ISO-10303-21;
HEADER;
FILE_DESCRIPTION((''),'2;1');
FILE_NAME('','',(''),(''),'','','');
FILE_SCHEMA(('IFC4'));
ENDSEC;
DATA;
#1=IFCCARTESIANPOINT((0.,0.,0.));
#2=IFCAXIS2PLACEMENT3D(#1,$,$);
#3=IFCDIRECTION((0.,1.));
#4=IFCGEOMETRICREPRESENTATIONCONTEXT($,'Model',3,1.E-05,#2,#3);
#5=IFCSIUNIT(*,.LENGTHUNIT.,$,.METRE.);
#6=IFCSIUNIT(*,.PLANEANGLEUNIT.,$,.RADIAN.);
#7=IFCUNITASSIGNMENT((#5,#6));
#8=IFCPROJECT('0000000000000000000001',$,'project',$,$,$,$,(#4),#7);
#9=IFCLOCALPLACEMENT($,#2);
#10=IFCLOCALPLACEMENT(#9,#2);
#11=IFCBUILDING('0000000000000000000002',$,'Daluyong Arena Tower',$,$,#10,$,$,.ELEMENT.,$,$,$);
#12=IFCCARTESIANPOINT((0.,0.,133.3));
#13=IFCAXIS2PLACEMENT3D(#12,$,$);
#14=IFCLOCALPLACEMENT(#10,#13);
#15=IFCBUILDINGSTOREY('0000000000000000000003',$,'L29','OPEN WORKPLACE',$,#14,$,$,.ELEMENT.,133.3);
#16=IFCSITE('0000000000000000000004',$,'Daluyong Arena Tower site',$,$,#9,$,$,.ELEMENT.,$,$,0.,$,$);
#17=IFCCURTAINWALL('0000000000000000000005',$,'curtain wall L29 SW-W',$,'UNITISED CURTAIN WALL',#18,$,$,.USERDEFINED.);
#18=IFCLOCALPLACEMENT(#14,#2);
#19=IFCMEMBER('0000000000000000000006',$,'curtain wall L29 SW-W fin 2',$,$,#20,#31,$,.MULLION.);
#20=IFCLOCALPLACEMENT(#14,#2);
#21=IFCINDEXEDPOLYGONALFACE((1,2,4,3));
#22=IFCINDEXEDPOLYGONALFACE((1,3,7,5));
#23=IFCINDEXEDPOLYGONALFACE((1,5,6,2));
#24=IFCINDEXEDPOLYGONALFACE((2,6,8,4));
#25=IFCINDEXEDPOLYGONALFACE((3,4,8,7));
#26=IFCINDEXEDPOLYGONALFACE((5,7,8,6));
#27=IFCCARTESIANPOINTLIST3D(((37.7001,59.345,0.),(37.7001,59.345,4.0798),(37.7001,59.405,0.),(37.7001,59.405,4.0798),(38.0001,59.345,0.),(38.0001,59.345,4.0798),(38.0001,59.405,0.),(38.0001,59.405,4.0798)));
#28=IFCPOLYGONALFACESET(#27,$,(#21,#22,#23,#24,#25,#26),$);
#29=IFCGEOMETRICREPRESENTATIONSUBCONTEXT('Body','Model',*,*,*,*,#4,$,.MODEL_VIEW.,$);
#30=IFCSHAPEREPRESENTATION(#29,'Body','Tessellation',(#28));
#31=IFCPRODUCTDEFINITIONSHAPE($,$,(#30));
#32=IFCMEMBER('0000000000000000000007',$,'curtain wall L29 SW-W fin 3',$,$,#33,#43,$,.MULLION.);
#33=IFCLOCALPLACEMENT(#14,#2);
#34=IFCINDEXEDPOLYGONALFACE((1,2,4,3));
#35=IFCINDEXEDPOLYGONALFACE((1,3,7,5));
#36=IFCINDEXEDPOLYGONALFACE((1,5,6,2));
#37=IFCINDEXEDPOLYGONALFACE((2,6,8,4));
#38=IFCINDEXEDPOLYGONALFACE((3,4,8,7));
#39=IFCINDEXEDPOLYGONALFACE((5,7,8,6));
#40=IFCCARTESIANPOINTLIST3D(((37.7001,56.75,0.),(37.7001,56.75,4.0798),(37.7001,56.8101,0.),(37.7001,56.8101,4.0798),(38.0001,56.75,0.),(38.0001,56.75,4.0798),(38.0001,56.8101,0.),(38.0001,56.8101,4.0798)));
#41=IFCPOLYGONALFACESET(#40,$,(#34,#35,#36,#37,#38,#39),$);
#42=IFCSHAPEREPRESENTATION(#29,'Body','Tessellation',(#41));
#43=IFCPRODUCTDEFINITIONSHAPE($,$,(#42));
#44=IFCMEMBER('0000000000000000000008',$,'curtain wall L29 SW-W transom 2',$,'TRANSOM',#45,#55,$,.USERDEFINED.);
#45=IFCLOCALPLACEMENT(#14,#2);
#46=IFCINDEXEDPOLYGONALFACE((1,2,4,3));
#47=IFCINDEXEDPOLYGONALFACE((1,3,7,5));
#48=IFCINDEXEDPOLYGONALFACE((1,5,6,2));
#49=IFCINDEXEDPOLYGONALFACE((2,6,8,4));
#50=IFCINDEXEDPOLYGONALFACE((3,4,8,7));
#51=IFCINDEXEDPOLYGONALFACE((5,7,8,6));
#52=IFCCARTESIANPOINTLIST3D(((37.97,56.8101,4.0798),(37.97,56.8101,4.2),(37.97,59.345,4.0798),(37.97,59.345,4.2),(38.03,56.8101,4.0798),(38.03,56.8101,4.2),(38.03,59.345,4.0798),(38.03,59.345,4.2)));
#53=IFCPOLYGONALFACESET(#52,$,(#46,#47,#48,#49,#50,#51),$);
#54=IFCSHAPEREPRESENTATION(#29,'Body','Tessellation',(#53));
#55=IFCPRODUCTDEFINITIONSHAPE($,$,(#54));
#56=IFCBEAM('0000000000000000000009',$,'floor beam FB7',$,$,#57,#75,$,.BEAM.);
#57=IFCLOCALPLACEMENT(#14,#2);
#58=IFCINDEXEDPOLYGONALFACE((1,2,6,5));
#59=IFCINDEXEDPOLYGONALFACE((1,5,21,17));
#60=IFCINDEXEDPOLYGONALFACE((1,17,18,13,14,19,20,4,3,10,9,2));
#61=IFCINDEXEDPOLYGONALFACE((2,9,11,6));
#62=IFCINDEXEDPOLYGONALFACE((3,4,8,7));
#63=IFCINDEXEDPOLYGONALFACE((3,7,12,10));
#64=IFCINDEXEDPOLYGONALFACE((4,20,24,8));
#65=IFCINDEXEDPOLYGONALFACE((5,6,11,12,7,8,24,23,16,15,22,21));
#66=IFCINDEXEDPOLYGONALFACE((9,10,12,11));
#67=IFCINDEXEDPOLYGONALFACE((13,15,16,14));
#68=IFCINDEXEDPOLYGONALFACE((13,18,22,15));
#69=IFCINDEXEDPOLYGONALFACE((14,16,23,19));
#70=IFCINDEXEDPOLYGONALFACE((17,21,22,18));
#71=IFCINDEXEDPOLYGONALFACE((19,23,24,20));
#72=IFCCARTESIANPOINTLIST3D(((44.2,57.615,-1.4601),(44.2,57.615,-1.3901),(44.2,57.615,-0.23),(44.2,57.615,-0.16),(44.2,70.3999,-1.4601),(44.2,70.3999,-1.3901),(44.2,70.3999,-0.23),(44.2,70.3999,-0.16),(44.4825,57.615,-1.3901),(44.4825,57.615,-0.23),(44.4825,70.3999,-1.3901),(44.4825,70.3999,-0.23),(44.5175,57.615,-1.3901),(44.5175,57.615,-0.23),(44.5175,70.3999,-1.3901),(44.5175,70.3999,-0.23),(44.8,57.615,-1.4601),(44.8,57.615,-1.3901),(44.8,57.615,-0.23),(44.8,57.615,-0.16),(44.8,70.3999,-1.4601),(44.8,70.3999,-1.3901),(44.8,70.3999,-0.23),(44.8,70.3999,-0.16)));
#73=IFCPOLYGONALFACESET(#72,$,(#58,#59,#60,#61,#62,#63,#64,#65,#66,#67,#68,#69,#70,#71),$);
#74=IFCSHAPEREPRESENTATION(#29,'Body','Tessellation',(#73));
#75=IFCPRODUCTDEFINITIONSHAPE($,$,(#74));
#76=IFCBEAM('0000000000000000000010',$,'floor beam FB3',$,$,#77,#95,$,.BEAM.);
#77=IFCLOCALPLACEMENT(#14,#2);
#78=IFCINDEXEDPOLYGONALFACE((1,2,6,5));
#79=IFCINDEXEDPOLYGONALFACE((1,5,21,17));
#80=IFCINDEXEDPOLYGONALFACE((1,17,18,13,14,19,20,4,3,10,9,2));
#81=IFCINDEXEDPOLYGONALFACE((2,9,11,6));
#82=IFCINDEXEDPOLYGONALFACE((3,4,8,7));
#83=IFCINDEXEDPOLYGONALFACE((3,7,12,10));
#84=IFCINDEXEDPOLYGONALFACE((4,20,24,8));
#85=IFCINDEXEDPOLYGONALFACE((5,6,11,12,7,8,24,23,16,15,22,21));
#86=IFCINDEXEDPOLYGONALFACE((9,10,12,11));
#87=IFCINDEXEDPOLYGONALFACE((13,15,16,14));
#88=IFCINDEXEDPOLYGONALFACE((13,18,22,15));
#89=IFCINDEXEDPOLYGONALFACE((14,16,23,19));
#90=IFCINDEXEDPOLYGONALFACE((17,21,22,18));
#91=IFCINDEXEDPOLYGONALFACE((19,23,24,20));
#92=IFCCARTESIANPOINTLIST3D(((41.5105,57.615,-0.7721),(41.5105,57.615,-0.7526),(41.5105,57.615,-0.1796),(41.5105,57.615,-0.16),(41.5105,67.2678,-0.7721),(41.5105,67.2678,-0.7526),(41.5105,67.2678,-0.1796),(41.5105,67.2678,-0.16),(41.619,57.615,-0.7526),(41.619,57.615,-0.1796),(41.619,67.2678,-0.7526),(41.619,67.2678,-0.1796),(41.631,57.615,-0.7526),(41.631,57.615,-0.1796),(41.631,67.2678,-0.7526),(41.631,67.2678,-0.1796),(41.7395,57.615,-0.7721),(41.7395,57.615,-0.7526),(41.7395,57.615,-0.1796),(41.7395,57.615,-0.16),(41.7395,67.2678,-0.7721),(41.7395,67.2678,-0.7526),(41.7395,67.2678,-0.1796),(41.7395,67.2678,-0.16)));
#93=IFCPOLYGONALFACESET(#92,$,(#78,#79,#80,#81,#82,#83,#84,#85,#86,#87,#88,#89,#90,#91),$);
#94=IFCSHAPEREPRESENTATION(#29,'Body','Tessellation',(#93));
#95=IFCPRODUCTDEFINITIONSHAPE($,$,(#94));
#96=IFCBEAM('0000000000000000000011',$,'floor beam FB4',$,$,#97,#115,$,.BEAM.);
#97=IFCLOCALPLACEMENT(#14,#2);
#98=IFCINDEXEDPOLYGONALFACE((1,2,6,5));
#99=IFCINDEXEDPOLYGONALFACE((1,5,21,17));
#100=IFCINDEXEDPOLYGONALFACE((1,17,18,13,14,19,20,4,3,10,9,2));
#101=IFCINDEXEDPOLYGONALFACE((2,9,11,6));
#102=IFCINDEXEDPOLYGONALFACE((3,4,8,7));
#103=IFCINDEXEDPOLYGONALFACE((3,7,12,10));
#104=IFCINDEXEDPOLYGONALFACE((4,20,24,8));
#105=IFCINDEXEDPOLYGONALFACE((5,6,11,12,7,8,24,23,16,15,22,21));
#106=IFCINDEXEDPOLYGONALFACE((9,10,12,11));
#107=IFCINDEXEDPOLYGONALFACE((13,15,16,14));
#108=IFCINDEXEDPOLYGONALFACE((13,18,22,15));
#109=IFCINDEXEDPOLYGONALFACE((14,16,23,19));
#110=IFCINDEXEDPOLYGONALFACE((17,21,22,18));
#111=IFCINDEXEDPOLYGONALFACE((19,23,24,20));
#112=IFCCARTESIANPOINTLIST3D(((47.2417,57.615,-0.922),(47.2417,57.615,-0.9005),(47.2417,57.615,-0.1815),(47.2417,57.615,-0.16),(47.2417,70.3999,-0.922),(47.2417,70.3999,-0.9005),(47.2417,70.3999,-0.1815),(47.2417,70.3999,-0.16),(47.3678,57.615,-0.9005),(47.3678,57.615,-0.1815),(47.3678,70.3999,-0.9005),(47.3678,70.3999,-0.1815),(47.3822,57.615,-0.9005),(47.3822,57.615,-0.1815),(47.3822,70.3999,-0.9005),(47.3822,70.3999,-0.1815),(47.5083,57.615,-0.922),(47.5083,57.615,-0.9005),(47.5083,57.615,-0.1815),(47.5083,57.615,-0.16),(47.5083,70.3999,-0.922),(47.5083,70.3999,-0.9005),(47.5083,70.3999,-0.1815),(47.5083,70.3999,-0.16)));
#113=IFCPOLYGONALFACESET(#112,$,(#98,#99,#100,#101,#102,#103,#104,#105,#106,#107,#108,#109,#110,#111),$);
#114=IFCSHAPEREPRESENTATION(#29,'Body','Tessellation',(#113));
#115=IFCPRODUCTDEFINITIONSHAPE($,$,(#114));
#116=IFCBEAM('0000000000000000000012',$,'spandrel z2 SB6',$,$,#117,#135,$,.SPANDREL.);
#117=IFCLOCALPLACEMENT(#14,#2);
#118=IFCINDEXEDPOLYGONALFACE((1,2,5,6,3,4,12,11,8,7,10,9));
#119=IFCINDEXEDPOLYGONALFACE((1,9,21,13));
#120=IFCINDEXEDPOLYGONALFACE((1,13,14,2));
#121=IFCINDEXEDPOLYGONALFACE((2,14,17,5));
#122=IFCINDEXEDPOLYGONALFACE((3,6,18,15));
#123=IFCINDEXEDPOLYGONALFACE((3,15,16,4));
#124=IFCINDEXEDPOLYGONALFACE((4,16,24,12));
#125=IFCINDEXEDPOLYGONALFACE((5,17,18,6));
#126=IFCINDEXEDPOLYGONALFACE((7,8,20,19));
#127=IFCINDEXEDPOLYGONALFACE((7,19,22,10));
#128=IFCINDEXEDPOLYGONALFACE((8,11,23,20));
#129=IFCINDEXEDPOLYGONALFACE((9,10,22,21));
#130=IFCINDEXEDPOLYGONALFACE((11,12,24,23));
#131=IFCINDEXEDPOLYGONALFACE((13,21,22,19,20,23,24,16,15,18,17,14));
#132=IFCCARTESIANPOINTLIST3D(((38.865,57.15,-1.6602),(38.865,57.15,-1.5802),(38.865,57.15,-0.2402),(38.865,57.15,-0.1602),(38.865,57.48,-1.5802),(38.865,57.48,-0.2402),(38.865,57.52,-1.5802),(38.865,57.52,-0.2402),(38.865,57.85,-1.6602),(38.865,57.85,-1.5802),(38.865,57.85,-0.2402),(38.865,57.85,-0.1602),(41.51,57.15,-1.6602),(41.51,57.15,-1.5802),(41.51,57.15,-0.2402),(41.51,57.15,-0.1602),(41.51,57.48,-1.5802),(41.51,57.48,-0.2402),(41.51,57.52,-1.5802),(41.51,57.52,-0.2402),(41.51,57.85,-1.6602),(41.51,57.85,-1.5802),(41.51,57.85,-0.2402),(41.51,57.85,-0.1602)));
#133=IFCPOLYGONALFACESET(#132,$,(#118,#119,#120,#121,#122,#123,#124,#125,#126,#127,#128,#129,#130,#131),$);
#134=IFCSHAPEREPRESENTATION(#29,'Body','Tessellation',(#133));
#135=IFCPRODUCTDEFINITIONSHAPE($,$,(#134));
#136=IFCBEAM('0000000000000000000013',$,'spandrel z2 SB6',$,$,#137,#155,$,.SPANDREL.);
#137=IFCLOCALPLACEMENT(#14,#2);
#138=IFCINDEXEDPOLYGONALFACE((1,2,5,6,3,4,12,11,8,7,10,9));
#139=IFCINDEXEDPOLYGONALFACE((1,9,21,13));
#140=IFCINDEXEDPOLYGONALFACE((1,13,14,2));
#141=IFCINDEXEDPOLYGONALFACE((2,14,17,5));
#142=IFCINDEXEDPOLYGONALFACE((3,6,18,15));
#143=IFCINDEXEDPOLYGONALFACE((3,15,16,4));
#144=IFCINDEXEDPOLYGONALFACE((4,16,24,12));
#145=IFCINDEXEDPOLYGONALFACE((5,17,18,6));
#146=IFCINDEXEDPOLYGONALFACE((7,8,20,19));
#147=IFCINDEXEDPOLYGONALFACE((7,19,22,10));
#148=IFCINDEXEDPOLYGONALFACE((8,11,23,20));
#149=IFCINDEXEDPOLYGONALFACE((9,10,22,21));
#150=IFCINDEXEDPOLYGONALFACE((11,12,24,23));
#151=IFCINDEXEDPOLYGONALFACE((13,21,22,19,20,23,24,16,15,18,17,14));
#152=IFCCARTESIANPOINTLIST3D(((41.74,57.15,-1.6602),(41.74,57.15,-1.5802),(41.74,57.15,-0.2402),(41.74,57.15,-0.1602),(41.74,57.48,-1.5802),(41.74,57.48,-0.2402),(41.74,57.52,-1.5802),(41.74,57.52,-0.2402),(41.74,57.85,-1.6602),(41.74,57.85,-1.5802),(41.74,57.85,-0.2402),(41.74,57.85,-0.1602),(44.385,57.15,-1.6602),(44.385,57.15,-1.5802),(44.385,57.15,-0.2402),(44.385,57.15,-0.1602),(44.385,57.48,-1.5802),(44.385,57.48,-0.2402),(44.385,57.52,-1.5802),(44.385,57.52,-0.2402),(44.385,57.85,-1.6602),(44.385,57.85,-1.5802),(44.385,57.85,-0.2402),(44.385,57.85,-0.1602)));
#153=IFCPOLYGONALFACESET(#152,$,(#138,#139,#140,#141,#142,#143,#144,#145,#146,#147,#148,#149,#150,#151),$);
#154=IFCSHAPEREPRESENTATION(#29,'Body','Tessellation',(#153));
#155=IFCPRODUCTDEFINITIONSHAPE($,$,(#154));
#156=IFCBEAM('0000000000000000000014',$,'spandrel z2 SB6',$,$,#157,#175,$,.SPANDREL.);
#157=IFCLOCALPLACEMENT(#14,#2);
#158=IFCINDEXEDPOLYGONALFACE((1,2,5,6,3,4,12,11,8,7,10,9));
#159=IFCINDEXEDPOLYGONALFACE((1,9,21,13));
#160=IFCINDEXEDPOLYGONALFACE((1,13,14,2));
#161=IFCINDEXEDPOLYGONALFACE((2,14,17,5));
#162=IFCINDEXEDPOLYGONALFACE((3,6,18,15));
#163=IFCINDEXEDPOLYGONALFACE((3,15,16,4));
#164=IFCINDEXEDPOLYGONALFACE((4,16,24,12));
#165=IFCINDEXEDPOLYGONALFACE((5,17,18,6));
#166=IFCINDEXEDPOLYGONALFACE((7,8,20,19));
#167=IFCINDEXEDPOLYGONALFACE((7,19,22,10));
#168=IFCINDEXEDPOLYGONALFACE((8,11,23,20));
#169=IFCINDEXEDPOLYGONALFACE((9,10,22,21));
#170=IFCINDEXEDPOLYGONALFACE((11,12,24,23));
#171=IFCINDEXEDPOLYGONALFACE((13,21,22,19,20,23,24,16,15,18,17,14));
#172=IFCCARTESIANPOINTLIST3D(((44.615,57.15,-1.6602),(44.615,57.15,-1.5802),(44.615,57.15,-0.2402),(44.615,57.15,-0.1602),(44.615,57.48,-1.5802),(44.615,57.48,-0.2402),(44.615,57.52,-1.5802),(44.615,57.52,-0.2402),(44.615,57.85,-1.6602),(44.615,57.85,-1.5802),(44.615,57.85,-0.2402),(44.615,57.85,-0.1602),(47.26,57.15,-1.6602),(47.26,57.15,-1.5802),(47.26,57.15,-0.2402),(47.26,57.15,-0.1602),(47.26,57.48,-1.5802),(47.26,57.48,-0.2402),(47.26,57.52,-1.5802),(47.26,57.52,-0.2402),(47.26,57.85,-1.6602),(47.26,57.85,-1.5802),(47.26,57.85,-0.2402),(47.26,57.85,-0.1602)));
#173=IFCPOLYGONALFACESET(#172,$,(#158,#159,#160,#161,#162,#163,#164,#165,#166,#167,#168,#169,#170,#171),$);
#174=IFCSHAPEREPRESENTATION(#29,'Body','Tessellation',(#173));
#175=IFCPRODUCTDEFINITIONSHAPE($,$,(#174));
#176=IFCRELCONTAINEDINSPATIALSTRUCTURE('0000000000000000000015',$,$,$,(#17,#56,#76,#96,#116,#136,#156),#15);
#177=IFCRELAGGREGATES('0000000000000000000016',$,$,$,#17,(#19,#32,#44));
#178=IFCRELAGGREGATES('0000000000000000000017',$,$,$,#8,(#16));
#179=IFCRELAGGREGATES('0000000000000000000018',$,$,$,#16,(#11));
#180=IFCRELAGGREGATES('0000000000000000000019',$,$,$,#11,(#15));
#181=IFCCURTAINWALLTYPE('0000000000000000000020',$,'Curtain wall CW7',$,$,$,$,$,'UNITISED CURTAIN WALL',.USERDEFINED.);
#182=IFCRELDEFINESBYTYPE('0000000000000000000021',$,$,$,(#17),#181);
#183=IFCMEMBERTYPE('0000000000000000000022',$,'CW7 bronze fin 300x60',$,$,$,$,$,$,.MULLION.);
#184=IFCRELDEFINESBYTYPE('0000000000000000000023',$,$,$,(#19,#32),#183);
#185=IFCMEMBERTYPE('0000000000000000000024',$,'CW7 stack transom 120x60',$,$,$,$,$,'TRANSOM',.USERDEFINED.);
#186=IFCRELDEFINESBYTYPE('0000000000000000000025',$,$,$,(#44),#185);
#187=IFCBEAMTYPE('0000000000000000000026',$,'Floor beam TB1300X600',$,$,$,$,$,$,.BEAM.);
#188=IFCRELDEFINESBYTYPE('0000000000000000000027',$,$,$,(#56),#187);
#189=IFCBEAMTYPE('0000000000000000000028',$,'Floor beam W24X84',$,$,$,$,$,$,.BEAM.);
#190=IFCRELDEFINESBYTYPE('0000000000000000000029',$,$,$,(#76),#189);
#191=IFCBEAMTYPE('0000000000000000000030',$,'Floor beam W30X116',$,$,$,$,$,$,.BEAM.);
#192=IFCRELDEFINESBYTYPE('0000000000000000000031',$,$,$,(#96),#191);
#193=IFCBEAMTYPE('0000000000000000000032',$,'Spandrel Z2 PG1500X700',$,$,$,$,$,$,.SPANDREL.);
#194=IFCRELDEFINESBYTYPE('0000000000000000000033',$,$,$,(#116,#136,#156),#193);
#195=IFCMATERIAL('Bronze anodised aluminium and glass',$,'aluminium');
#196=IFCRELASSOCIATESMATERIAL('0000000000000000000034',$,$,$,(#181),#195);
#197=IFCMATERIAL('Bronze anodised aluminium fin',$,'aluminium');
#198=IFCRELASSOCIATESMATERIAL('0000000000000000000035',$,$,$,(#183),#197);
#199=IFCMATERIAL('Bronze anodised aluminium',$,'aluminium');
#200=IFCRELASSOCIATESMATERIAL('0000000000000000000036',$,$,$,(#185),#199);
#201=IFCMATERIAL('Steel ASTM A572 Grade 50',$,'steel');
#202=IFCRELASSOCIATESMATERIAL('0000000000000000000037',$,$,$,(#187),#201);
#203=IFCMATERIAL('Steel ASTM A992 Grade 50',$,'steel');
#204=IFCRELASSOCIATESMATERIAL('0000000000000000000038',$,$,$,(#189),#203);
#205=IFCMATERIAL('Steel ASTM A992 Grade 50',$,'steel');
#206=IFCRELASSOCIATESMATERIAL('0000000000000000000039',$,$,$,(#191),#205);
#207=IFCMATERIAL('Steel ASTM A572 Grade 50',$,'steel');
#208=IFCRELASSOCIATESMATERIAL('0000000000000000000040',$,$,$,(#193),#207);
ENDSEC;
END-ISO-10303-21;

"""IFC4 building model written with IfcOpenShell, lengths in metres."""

from ifc_helpers import new_model, si_unit, direction, frame, origin, origin_2d, place, context, subcontext, project, spatial, rectangle, i_section, extrude, material, material_profile, profile_set, type_object, element, aggregate, save


model = new_model("IFC4")

# Units and contexts
model_context = context("Model", 3, precision=1e-05, world=origin(), true_north=direction((0.0, 1.0)))
body_context = subcontext(model_context, "Body", "Model", "MODEL_VIEW")
ifc_project = project(units=[si_unit("LENGTHUNIT", "METRE"), si_unit("PLANEANGLEUNIT", "RADIAN")], contexts=[model_context])

# Site, building, storey
site_placement = place(None, origin())
site = spatial("IfcSite", under=ifc_project, at=site_placement, Name="Daluyong Arena Tower site", CompositionType="ELEMENT", RefElevation=0.0)
building_placement = place(site_placement, origin())
building = spatial("IfcBuilding", under=site, at=building_placement, Name="Daluyong Arena Tower", CompositionType="ELEMENT")
storey_placement = place(building_placement, frame((0.0, 0.0, 133.3)))
storey = spatial("IfcBuildingStorey", under=building, at=storey_placement, Name="L29", Description="OPEN WORKPLACE", CompositionType="ELEMENT", Elevation=133.3)

# Curtain wall, members
ifc_material_1 = material(Name="Bronze anodised aluminium and glass", Category="aluminium")
curtain_wall_type_1 = type_object("IfcCurtainWallType", Name="Curtain wall CW7", ElementType="UNITISED CURTAIN WALL", PredefinedType="USERDEFINED", material=ifc_material_1)
curtain_wall_1_placement = place(storey_placement, origin())
curtain_wall_1 = element("IfcCurtainWall", 1, at=curtain_wall_1_placement, inside=storey, type_object=curtain_wall_type_1, Name="curtain wall L29 SW-W", ObjectType="UNITISED CURTAIN WALL", PredefinedType="USERDEFINED")
ifc_material_2 = material(Name="Bronze anodised aluminium fin", Category="aluminium")
ifc_material_profile_1 = material_profile(ifc_material_2, rectangle(XDim=0.3, YDim=0.0601, at=origin_2d()))
ifc_profile_set_1 = profile_set([ifc_material_profile_1], Name="Bronze anodised aluminium fin")
member_type_1 = type_object("IfcMemberType", Name="CW7 bronze fin 300x60", PredefinedType="MULLION", material=ifc_profile_set_1)
member_1_placement = place(storey_placement, frame((37.8501, 59.375, 0.0), z_axis=(0.0, 0.0, 1.0), x_axis=(1.0, 0.0, 0.0)))
member_1 = element("IfcMember", 2, at=member_1_placement, type_object=member_type_1, Name="curtain wall L29 SW-W fin 2", PredefinedType="MULLION", context=body_context, shape_type="SweptSolid", body=[
    extrude(rectangle(XDim=0.3, YDim=0.0601, at=origin_2d()), origin(), (0.0, 0.0, 1.0), 4.0798),
])
member_2_placement = place(storey_placement, frame((37.8501, 56.78, 0.0), z_axis=(0.0, 0.0, 1.0), x_axis=(1.0, 0.0, 0.0)))
member_2 = element("IfcMember", 3, at=member_2_placement, type_object=member_type_1, Name="curtain wall L29 SW-W fin 3", PredefinedType="MULLION", context=body_context, shape_type="SweptSolid", body=[
    extrude(rectangle(XDim=0.3, YDim=0.0601, at=origin_2d()), origin(), (0.0, 0.0, 1.0), 4.0798),
])
ifc_material_3 = material(Name="Bronze anodised aluminium", Category="aluminium")
ifc_material_profile_2 = material_profile(ifc_material_3, rectangle(XDim=0.0601, YDim=0.1201, at=origin_2d()))
ifc_profile_set_2 = profile_set([ifc_material_profile_2], Name="Bronze anodised aluminium")
member_type_2 = type_object("IfcMemberType", Name="CW7 stack transom 120x60", ElementType="TRANSOM", PredefinedType="USERDEFINED", material=ifc_profile_set_2)
member_3_placement = place(storey_placement, frame((38.0, 59.345, 4.1399), z_axis=(0.0, -1.0, 0.0), x_axis=(1.0, 0.0, 0.0)))
member_3 = element("IfcMember", 4, at=member_3_placement, type_object=member_type_2, Name="curtain wall L29 SW-W transom 2", ObjectType="TRANSOM", PredefinedType="USERDEFINED", context=body_context, shape_type="SweptSolid", body=[
    extrude(rectangle(XDim=0.0601, YDim=0.1201, at=origin_2d()), origin(), (0.0, 0.0, 1.0), 2.5349),
])

# Beams
ifc_material_4 = material(Name="Steel ASTM A572 Grade 50", Category="steel")
ifc_material_profile_3 = material_profile(ifc_material_4, i_section(OverallWidth=0.6001, OverallDepth=1.3, WebThickness=0.035, FlangeThickness=0.07, at=origin_2d()))
ifc_profile_set_3 = profile_set([ifc_material_profile_3], Name="Steel ASTM A572 Grade 50")
beam_type_1 = type_object("IfcBeamType", Name="Floor beam TB1300X600", PredefinedType="BEAM", material=ifc_profile_set_3)
beam_1_placement = place(storey_placement, frame((44.5, 57.615, -0.8101), z_axis=(0.0, 1.0, 0.0), x_axis=(-1.0, 0.0, 0.0)))
element("IfcBeam", 5, at=beam_1_placement, inside=storey, type_object=beam_type_1, Name="floor beam FB7", PredefinedType="BEAM", context=body_context, shape_type="SweptSolid", body=[
    extrude(i_section(OverallWidth=0.6001, OverallDepth=1.3, WebThickness=0.035, FlangeThickness=0.07, at=origin_2d()), origin(), (0.0, 0.0, 1.0), 12.7849),
])
ifc_material_5 = material(Name="Steel ASTM A992 Grade 50", Category="steel")
ifc_material_profile_4 = material_profile(ifc_material_5, i_section(OverallWidth=0.229, OverallDepth=0.6121, WebThickness=0.012, FlangeThickness=0.0195, at=origin_2d()))
ifc_profile_set_4 = profile_set([ifc_material_profile_4], Name="Steel ASTM A992 Grade 50")
beam_type_2 = type_object("IfcBeamType", Name="Floor beam W24X84", PredefinedType="BEAM", material=ifc_profile_set_4)
beam_2_placement = place(storey_placement, frame((41.625, 57.615, -0.4661), z_axis=(0.0, 1.0, 0.0), x_axis=(-1.0, 0.0, 0.0)))
element("IfcBeam", 6, at=beam_2_placement, inside=storey, type_object=beam_type_2, Name="floor beam FB3", PredefinedType="BEAM", context=body_context, shape_type="SweptSolid", body=[
    extrude(i_section(OverallWidth=0.229, OverallDepth=0.6121, WebThickness=0.012, FlangeThickness=0.0195, at=origin_2d()), origin(), (0.0, 0.0, 1.0), 9.6528),
])
ifc_material_6 = material(Name="Steel ASTM A992 Grade 50", Category="steel")
ifc_material_profile_5 = material_profile(ifc_material_6, i_section(OverallWidth=0.2666, OverallDepth=0.762, WebThickness=0.0144, FlangeThickness=0.0215, at=origin_2d()))
ifc_profile_set_5 = profile_set([ifc_material_profile_5], Name="Steel ASTM A992 Grade 50")
beam_type_3 = type_object("IfcBeamType", Name="Floor beam W30X116", PredefinedType="BEAM", material=ifc_profile_set_5)
beam_3_placement = place(storey_placement, frame((47.375, 57.615, -0.541), z_axis=(0.0, 1.0, 0.0), x_axis=(-1.0, 0.0, 0.0)))
element("IfcBeam", 7, at=beam_3_placement, inside=storey, type_object=beam_type_3, Name="floor beam FB4", PredefinedType="BEAM", context=body_context, shape_type="SweptSolid", body=[
    extrude(i_section(OverallWidth=0.2666, OverallDepth=0.762, WebThickness=0.0144, FlangeThickness=0.0215, at=origin_2d()), origin(), (0.0, 0.0, 1.0), 12.7849),
])
ifc_material_7 = material(Name="Steel ASTM A572 Grade 50", Category="steel")
ifc_material_profile_6 = material_profile(ifc_material_7, i_section(OverallWidth=0.7, OverallDepth=1.5, WebThickness=0.04, FlangeThickness=0.08, at=origin_2d()))
ifc_profile_set_6 = profile_set([ifc_material_profile_6], Name="Steel ASTM A572 Grade 50")
beam_type_4 = type_object("IfcBeamType", Name="Spandrel Z2 PG1500X700", PredefinedType="SPANDREL", material=ifc_profile_set_6)
for number, where, z_axis, x_axis, name in (
    (8, (38.865, 57.5, -0.9102), (1.0, 0.0, 0.0), (0.0, 1.0, 0.0), "spandrel z2 SB6"),
    (9, (41.74, 57.5, -0.9102), (1.0, 0.0, 0.0), (0.0, 1.0, 0.0), "spandrel z2 SB6"),
    (10, (44.615, 57.5, -0.9102), (1.0, 0.0, 0.0), (0.0, 1.0, 0.0), "spandrel z2 SB6"),
):
    element("IfcBeam", number, at=place(storey_placement, frame(where, z_axis=z_axis, x_axis=x_axis)), inside=storey, type_object=beam_type_4, Name=name, PredefinedType="SPANDREL", context=body_context, shape_type="SweptSolid", body=[
        extrude(i_section(OverallWidth=0.7, OverallDepth=1.5, WebThickness=0.04, FlangeThickness=0.08, at=origin_2d()), origin(), (0.0, 0.0, 1.0), 2.645),
    ])

aggregate(curtain_wall_1, [member_1, member_2, member_3])

save(model, "model.ifc")
